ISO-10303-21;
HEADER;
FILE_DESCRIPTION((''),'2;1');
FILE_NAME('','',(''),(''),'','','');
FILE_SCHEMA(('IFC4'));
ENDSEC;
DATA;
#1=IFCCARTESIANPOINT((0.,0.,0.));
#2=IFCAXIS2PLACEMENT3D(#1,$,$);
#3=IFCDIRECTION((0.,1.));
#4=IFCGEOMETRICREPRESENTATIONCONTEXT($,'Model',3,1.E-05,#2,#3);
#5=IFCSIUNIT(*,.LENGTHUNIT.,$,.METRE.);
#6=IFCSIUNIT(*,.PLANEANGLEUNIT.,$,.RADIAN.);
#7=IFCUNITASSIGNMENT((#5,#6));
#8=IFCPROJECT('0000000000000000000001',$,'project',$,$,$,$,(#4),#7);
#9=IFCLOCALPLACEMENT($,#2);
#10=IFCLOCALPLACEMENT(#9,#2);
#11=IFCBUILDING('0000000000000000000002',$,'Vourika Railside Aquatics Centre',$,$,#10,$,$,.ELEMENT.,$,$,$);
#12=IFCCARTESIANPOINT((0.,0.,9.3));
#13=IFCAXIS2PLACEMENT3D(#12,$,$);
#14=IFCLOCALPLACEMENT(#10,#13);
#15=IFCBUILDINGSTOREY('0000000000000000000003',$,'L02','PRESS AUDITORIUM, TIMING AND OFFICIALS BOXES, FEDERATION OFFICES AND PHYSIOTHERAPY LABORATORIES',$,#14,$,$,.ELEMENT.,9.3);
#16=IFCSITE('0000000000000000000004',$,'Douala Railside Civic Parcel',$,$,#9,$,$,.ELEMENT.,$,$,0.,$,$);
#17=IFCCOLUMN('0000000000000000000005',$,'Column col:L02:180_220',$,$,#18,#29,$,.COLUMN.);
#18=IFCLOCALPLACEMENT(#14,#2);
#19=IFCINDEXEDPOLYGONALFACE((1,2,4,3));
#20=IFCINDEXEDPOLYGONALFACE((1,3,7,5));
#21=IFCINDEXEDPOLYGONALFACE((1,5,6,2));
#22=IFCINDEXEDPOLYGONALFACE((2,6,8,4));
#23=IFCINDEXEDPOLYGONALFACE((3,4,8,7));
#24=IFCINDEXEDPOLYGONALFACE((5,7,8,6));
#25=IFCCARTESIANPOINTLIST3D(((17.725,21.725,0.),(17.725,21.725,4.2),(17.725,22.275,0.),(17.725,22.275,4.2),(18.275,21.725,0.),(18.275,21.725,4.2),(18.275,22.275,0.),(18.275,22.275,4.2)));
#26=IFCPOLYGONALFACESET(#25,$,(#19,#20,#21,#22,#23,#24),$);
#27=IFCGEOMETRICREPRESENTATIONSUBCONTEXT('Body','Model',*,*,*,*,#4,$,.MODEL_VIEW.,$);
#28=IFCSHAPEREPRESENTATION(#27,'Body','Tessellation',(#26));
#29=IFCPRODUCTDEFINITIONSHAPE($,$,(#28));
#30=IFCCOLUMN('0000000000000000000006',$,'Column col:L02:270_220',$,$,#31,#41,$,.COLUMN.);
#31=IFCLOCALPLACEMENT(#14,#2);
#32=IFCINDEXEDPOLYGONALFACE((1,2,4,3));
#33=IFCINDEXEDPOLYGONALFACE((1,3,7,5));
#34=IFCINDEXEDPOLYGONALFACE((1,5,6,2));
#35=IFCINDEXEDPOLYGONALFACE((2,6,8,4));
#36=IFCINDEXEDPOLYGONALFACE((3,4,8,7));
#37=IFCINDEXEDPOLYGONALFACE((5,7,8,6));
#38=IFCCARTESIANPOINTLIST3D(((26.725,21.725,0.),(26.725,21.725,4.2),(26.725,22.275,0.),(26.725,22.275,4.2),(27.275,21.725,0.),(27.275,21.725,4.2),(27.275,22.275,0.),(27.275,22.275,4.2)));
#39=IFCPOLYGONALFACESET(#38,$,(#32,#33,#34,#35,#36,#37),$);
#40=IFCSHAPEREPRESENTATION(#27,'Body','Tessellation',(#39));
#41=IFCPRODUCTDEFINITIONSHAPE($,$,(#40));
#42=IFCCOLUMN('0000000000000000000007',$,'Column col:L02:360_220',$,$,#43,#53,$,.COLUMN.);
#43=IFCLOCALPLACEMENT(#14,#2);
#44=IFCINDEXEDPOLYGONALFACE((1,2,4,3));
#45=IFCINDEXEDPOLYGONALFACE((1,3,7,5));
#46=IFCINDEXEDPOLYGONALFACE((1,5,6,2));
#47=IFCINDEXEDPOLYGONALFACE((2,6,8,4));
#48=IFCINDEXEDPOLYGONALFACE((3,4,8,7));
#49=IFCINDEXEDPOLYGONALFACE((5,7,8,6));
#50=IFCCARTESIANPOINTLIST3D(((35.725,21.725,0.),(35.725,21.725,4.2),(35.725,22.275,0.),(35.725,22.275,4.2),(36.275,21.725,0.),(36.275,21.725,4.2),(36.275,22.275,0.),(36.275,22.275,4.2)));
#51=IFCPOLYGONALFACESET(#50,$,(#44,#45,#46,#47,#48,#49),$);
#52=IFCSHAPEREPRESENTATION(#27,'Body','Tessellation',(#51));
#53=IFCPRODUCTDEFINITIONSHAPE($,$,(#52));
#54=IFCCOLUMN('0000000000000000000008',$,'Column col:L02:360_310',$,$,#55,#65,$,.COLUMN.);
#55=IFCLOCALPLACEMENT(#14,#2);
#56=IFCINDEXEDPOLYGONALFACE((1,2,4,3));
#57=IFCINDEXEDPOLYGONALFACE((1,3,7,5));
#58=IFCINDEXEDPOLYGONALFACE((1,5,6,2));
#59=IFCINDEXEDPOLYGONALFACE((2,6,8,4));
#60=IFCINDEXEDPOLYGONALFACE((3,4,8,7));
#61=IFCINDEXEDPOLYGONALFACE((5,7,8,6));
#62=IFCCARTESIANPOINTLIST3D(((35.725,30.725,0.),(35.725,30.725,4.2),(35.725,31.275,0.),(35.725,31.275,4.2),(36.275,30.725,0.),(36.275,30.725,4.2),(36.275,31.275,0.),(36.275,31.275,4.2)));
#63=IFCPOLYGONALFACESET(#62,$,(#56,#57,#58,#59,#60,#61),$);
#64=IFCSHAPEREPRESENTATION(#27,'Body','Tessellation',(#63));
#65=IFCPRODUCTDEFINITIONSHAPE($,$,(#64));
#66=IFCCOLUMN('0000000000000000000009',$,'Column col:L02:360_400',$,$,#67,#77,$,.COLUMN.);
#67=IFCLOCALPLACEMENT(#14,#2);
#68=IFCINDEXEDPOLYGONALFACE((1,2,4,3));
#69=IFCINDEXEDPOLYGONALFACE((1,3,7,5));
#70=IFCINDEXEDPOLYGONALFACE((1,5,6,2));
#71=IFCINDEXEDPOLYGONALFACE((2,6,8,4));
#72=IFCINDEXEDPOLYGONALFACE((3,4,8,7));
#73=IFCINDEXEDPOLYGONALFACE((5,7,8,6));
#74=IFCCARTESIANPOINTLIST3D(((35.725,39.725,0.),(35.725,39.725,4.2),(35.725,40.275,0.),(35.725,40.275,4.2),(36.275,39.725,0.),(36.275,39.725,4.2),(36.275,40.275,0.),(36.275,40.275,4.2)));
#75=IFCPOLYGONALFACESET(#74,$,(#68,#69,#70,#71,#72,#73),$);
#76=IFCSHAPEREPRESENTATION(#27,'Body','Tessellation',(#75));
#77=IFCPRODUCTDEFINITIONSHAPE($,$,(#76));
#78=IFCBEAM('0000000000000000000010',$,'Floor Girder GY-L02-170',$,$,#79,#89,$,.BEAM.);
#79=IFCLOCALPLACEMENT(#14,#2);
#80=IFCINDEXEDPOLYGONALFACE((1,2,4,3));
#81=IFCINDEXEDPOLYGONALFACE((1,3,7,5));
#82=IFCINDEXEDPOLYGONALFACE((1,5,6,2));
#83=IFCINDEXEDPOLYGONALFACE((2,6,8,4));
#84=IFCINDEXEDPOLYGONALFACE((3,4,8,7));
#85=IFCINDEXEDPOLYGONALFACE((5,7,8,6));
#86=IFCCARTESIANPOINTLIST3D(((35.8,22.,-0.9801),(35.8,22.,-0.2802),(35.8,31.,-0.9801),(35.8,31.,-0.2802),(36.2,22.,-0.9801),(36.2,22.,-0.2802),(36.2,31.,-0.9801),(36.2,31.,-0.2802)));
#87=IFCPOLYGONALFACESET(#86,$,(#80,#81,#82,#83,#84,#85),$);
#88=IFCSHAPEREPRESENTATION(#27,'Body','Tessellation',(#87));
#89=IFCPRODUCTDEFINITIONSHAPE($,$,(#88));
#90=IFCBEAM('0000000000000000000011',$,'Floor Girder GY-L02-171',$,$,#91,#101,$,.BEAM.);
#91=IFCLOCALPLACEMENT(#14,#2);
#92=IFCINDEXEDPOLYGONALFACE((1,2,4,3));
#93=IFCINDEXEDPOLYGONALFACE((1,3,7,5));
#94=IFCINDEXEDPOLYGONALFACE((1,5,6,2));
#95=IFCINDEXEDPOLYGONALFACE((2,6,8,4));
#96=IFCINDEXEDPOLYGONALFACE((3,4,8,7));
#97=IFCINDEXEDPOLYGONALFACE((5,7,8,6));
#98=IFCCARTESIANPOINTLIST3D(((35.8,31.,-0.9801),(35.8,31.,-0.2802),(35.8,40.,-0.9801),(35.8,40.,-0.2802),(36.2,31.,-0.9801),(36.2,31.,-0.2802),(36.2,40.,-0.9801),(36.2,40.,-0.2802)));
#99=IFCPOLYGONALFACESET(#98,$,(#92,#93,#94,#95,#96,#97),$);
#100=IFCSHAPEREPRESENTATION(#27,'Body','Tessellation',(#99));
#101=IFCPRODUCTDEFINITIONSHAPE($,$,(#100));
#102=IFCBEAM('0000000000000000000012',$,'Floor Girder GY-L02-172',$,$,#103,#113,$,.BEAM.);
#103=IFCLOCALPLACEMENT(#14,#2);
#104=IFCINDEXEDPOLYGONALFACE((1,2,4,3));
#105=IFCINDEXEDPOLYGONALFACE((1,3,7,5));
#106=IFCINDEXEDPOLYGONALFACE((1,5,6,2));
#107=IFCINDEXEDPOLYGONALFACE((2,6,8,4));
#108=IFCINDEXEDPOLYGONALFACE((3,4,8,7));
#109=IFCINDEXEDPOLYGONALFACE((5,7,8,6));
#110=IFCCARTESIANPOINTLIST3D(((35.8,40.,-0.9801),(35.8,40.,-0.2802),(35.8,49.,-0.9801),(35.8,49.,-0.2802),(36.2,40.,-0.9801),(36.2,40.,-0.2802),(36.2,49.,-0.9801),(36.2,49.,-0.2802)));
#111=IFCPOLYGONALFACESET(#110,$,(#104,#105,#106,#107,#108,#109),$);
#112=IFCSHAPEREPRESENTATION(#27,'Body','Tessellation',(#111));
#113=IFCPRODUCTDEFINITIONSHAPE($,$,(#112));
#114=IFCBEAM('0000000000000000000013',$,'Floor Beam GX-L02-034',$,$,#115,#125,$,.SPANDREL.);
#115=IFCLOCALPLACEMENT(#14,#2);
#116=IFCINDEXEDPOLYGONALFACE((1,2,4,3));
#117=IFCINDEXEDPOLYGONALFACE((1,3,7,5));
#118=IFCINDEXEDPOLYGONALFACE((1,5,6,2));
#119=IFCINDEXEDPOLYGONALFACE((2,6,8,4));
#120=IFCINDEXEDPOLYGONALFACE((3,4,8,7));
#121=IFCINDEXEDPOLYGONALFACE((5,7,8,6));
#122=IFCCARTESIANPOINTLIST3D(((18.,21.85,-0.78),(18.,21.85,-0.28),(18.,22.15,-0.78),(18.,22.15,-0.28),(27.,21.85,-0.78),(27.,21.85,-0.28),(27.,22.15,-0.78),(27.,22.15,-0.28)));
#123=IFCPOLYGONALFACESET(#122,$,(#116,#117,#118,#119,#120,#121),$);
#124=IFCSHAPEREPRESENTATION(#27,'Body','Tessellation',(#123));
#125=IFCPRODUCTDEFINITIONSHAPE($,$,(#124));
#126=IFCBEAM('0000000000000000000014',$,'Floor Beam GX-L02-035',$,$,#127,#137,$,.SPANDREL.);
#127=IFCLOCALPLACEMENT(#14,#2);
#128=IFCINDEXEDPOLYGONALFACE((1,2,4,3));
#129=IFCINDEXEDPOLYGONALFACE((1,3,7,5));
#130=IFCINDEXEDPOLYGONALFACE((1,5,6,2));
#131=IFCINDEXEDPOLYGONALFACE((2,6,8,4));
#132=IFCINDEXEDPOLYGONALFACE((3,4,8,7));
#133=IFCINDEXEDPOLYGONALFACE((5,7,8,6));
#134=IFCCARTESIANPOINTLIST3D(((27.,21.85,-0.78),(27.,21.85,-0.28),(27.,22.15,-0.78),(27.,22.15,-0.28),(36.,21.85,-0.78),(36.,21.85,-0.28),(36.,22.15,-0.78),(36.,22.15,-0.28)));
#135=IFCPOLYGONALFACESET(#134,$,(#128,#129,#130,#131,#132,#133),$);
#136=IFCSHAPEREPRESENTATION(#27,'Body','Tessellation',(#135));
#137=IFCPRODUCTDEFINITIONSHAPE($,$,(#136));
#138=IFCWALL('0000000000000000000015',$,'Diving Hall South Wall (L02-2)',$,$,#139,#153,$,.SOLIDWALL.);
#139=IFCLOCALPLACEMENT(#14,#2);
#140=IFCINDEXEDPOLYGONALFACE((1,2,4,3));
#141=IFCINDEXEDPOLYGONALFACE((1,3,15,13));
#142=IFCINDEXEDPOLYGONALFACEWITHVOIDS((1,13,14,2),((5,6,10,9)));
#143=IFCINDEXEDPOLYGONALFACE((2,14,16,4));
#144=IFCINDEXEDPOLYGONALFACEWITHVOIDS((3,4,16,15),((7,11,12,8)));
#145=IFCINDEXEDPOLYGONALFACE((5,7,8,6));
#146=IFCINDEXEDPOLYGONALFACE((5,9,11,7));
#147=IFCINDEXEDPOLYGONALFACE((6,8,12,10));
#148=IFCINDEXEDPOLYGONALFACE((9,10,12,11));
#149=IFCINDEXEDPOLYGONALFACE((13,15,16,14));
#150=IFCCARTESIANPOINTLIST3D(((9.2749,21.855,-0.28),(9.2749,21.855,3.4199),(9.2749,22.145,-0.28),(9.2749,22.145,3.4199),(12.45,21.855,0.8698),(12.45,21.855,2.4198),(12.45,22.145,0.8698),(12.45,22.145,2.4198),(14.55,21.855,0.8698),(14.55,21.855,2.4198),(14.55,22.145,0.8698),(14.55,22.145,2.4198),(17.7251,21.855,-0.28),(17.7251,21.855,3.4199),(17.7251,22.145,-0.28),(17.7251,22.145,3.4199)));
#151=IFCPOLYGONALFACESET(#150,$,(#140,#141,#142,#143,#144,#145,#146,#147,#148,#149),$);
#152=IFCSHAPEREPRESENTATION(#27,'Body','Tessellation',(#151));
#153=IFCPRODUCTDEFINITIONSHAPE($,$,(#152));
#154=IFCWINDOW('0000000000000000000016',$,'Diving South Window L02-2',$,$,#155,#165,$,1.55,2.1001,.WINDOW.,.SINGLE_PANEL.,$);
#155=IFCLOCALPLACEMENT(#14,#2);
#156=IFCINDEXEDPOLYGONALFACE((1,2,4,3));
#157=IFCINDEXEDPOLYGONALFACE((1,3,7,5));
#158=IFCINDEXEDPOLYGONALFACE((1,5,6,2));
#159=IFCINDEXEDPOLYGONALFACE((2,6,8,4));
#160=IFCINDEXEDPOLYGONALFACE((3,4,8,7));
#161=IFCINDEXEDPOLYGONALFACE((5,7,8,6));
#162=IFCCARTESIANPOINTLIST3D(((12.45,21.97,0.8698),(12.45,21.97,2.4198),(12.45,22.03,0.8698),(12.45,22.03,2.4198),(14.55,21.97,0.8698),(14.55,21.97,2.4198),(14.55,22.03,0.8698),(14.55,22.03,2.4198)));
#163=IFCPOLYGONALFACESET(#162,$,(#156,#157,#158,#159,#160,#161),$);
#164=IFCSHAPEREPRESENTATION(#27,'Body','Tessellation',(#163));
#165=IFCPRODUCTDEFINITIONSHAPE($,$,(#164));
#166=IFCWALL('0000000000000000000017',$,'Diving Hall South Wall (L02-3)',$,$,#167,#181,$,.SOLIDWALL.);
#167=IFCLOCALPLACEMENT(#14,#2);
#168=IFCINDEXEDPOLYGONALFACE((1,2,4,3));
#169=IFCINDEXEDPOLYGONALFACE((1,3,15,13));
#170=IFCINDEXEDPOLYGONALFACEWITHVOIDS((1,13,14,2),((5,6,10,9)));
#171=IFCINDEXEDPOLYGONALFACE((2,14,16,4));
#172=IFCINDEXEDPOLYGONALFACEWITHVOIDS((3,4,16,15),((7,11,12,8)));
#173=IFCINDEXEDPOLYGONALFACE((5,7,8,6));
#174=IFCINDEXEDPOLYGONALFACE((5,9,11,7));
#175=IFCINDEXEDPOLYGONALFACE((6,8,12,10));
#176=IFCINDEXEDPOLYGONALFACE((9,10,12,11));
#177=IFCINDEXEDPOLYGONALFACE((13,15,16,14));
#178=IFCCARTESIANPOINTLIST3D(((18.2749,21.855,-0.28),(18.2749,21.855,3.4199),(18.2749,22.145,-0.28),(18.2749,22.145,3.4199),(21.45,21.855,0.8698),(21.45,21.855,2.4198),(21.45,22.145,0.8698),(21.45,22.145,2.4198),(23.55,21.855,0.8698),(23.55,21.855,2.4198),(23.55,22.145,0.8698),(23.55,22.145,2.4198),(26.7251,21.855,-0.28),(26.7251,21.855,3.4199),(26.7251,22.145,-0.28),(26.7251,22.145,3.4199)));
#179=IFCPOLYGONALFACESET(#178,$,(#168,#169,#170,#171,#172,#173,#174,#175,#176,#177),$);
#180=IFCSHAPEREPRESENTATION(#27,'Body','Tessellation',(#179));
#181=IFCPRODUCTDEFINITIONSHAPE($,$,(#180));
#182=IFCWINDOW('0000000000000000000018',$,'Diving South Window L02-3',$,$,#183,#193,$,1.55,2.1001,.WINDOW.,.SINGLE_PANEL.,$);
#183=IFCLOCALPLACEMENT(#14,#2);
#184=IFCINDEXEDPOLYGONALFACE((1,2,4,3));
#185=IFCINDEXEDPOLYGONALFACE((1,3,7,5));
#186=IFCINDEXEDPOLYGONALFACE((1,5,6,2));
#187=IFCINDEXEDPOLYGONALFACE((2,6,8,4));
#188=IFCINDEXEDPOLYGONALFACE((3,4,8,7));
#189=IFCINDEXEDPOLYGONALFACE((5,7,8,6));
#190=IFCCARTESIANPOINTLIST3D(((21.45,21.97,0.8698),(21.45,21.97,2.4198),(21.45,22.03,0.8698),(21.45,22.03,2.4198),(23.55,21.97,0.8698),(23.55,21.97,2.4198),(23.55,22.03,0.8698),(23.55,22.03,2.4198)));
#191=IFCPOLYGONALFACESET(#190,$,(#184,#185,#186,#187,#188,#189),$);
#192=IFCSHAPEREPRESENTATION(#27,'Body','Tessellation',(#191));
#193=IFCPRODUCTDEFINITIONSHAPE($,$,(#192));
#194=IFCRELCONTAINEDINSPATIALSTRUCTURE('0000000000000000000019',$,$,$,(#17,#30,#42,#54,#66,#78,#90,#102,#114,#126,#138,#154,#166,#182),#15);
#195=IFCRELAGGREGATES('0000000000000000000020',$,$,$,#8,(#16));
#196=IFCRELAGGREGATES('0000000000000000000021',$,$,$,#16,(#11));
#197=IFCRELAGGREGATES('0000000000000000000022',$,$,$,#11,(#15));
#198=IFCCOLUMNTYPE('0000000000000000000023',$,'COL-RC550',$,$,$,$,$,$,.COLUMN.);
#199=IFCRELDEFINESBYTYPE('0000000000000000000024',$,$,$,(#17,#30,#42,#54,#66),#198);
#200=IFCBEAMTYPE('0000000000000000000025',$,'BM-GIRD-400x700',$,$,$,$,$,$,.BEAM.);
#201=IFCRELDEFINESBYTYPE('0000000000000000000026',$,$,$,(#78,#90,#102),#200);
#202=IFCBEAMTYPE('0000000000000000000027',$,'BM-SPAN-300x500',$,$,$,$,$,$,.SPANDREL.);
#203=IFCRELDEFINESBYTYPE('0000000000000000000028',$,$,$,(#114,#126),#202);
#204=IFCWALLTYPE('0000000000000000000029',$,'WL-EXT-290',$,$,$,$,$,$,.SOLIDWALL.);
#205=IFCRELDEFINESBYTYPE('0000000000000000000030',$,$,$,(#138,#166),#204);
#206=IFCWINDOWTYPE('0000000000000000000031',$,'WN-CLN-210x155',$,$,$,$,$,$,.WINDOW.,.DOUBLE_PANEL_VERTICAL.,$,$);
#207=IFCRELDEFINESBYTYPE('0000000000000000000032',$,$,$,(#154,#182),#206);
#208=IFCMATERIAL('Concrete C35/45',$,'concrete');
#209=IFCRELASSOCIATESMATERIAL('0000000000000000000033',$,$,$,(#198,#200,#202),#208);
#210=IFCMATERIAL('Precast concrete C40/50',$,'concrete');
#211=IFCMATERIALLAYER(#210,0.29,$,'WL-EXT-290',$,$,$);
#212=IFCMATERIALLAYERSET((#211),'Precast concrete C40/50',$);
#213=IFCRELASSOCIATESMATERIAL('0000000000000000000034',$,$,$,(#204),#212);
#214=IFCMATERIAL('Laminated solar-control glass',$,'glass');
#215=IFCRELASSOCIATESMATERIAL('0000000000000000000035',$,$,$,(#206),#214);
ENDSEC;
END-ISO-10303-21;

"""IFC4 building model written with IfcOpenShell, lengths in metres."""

from ifc_helpers import new_model, si_unit, direction, frame, frame_2d, origin, origin_2d, place, context, subcontext, project, spatial, rectangle, extrude, material, layer, layer_set, material_profile, profile_set, type_object, element, fill, save


model = new_model("IFC4")

# Units and contexts
model_context = context("Model", 3, precision=1e-05, world=origin(), true_north=direction((0.0, 1.0)))
body_context = subcontext(model_context, "Body", "Model", "MODEL_VIEW")
ifc_project = project(units=[si_unit("LENGTHUNIT", "METRE"), si_unit("PLANEANGLEUNIT", "RADIAN")], contexts=[model_context])

# Site, building, storey
site_placement = place(None, origin())
site = spatial("IfcSite", under=ifc_project, at=site_placement, Name="Douala Railside Civic Parcel", CompositionType="ELEMENT", RefElevation=0.0)
building_placement = place(site_placement, origin())
building = spatial("IfcBuilding", under=site, at=building_placement, Name="Vourika Railside Aquatics Centre", CompositionType="ELEMENT")
storey_placement = place(building_placement, frame((0.0, 0.0, 9.3)))
storey = spatial("IfcBuildingStorey", under=building, at=storey_placement, Name="L02", Description="PRESS AUDITORIUM, TIMING AND OFFICIALS BOXES, FEDERATION OFFICES AND PHYSIOTHERAPY LABORATORIES", CompositionType="ELEMENT", Elevation=9.3)

# Columns
ifc_material_1 = material(Name="Concrete C35/45", Category="concrete")
ifc_material_profile_1 = material_profile(ifc_material_1, rectangle(XDim=0.55, YDim=0.55, at=origin_2d()), Name="RC 550x550")
ifc_profile_set_1 = profile_set([ifc_material_profile_1], Name="Concrete C35/45")
column_type = type_object("IfcColumnType", Name="COL-RC550", PredefinedType="COLUMN", material=ifc_profile_set_1)
for number, where, z_axis, x_axis, name in (
    (1, (18.0, 22.0, 0.0), (0.0, 0.0, 1.0), (1.0, 0.0, 0.0), "Column col:L02:180_220"),
    (2, (27.0, 22.0, 0.0), (0.0, 0.0, 1.0), (1.0, 0.0, 0.0), "Column col:L02:270_220"),
    (3, (36.0, 22.0, 0.0), (0.0, 0.0, 1.0), (1.0, 0.0, 0.0), "Column col:L02:360_220"),
    (4, (36.0, 31.0, 0.0), (0.0, 0.0, 1.0), (1.0, 0.0, 0.0), "Column col:L02:360_310"),
    (5, (36.0, 40.0, 0.0), (0.0, 0.0, 1.0), (1.0, 0.0, 0.0), "Column col:L02:360_400"),
):
    element("IfcColumn", number, at=place(storey_placement, frame(where, z_axis=z_axis, x_axis=x_axis)), inside=storey, type_object=column_type, Name=name, PredefinedType="COLUMN", context=body_context, shape_type="SweptSolid", body=[
        extrude(rectangle(XDim=0.55, YDim=0.55, at=origin_2d()), origin(), (0.0, 0.0, 1.0), 4.2),
    ])

# Beams
ifc_material_profile_2 = material_profile(ifc_material_1, rectangle(XDim=0.3999, YDim=0.7, at=origin_2d()), Name="RC 400x700")
ifc_profile_set_2 = profile_set([ifc_material_profile_2], Name="Concrete C35/45")
beam_type_1 = type_object("IfcBeamType", Name="BM-GIRD-400x700", PredefinedType="BEAM", material=ifc_profile_set_2)
for number, where, z_axis, x_axis, name in (
    (6, (36.0, 22.0, -0.6301), (0.0, 1.0, 0.0), (-1.0, 0.0, 0.0), "Floor Girder GY-L02-170"),
    (7, (36.0, 31.0, -0.6301), (0.0, 1.0, 0.0), (-1.0, 0.0, 0.0), "Floor Girder GY-L02-171"),
    (8, (36.0, 40.0, -0.6301), (0.0, 1.0, 0.0), (-1.0, 0.0, 0.0), "Floor Girder GY-L02-172"),
):
    element("IfcBeam", number, at=place(storey_placement, frame(where, z_axis=z_axis, x_axis=x_axis)), inside=storey, type_object=beam_type_1, Name=name, PredefinedType="BEAM", context=body_context, shape_type="SweptSolid", body=[
        extrude(rectangle(XDim=0.3999, YDim=0.7, at=origin_2d()), origin(), (0.0, 0.0, 1.0), 9.0),
    ])
ifc_material_profile_3 = material_profile(ifc_material_1, rectangle(XDim=0.3, YDim=0.5, at=origin_2d()), Name="RC 300x500")
ifc_profile_set_3 = profile_set([ifc_material_profile_3], Name="Concrete C35/45")
beam_type_2 = type_object("IfcBeamType", Name="BM-SPAN-300x500", PredefinedType="SPANDREL", material=ifc_profile_set_3)
for number, where, z_axis, x_axis, name in (
    (9, (18.0, 22.0, -0.53), (1.0, 0.0, 0.0), (0.0, 1.0, 0.0), "Floor Beam GX-L02-034"),
    (10, (27.0, 22.0, -0.53), (1.0, 0.0, 0.0), (0.0, 1.0, 0.0), "Floor Beam GX-L02-035"),
):
    element("IfcBeam", number, at=place(storey_placement, frame(where, z_axis=z_axis, x_axis=x_axis)), inside=storey, type_object=beam_type_2, Name=name, PredefinedType="SPANDREL", context=body_context, shape_type="SweptSolid", body=[
        extrude(rectangle(XDim=0.3, YDim=0.5, at=origin_2d()), origin(), (0.0, 0.0, 1.0), 9.0),
    ])

# Walls, openings, windows
ifc_material_2 = material(Name="Precast concrete C40/50", Category="concrete")
ifc_layer_1 = layer(ifc_material_2, 0.29, Name="WL-EXT-290")
ifc_layer_set_1 = layer_set([ifc_layer_1], Name="Precast concrete C40/50")
wall_type_1 = type_object("IfcWallType", Name="WL-EXT-290", PredefinedType="SOLIDWALL", material=ifc_layer_set_1)
wall_1_placement = place(storey_placement, frame((9.2749, 22.0, -0.28), z_axis=(0.0, 0.0, 1.0), x_axis=(1.0, 0.0, 0.0)))
wall_1 = element("IfcWall", 11, at=wall_1_placement, inside=storey, type_object=wall_type_1, Name="Diving Hall South Wall (L02-2)", PredefinedType="SOLIDWALL", context=body_context, shape_type="SweptSolid", body=[
    extrude(rectangle(XDim=8.4502, YDim=0.29, at=frame_2d((4.2251, 0.0))), origin(), (0.0, 0.0, 1.0), 3.7),
])
opening_1_placement = place(wall_1_placement, frame((3.175, 0.0, 1.1499)))
opening_1 = element("IfcOpeningElement", 12, at=opening_1_placement, cuts=wall_1, PredefinedType="OPENING", context=body_context, shape_type="SweptSolid", body=[
    extrude(rectangle(XDim=2.1001, YDim=1.55, at=frame_2d((1.05, 0.7749))), frame((0.0, 0.155, 0.0), z_axis=(0.0, -1.0, 0.0), x_axis=(1.0, 0.0, 0.0)), (0.0, 0.0, 1.0), 0.3101),
])
ifc_material_3 = material(Name="Laminated solar-control glass", Category="glass")
window_type = type_object("IfcWindowType", Name="WN-CLN-210x155", PartitioningType="DOUBLE_PANEL_VERTICAL", PredefinedType="WINDOW", material=ifc_material_3)
window_1_placement = place(opening_1_placement, origin())
window_1 = element("IfcWindow", 13, at=window_1_placement, inside=storey, type_object=window_type, Name="Diving South Window L02-2", OverallHeight=1.55, OverallWidth=2.1001, PartitioningType="SINGLE_PANEL", PredefinedType="WINDOW", context=body_context, shape_type="SweptSolid", body=[
    extrude(rectangle(XDim=2.1001, YDim=1.55, at=frame_2d((1.05, 0.7749))), frame((0.0, 0.03, 0.0), z_axis=(0.0, -1.0, 0.0), x_axis=(1.0, 0.0, 0.0)), (0.0, 0.0, 1.0), 0.0601),
])
fill(opening_1, window_1)
wall_2_placement = place(storey_placement, frame((18.2749, 22.0, -0.28), z_axis=(0.0, 0.0, 1.0), x_axis=(1.0, 0.0, 0.0)))
wall_2 = element("IfcWall", 14, at=wall_2_placement, inside=storey, type_object=wall_type_1, Name="Diving Hall South Wall (L02-3)", PredefinedType="SOLIDWALL", context=body_context, shape_type="SweptSolid", body=[
    extrude(rectangle(XDim=8.4502, YDim=0.29, at=frame_2d((4.2251, 0.0))), origin(), (0.0, 0.0, 1.0), 3.7),
])
opening_2_placement = place(wall_2_placement, frame((3.175, 0.0, 1.1499)))
opening_2 = element("IfcOpeningElement", 15, at=opening_2_placement, cuts=wall_2, PredefinedType="OPENING", context=body_context, shape_type="SweptSolid", body=[
    extrude(rectangle(XDim=2.1001, YDim=1.55, at=frame_2d((1.05, 0.7749))), frame((0.0, 0.155, 0.0), z_axis=(0.0, -1.0, 0.0), x_axis=(1.0, 0.0, 0.0)), (0.0, 0.0, 1.0), 0.3101),
])
window_2_placement = place(opening_2_placement, origin())
window_2 = element("IfcWindow", 16, at=window_2_placement, inside=storey, type_object=window_type, Name="Diving South Window L02-3", OverallHeight=1.55, OverallWidth=2.1001, PartitioningType="SINGLE_PANEL", PredefinedType="WINDOW", context=body_context, shape_type="SweptSolid", body=[
    extrude(rectangle(XDim=2.1001, YDim=1.55, at=frame_2d((1.05, 0.7749))), frame((0.0, 0.03, 0.0), z_axis=(0.0, -1.0, 0.0), x_axis=(1.0, 0.0, 0.0)), (0.0, 0.0, 1.0), 0.0601),
])
fill(opening_2, window_2)

save(model, "model.ifc")
